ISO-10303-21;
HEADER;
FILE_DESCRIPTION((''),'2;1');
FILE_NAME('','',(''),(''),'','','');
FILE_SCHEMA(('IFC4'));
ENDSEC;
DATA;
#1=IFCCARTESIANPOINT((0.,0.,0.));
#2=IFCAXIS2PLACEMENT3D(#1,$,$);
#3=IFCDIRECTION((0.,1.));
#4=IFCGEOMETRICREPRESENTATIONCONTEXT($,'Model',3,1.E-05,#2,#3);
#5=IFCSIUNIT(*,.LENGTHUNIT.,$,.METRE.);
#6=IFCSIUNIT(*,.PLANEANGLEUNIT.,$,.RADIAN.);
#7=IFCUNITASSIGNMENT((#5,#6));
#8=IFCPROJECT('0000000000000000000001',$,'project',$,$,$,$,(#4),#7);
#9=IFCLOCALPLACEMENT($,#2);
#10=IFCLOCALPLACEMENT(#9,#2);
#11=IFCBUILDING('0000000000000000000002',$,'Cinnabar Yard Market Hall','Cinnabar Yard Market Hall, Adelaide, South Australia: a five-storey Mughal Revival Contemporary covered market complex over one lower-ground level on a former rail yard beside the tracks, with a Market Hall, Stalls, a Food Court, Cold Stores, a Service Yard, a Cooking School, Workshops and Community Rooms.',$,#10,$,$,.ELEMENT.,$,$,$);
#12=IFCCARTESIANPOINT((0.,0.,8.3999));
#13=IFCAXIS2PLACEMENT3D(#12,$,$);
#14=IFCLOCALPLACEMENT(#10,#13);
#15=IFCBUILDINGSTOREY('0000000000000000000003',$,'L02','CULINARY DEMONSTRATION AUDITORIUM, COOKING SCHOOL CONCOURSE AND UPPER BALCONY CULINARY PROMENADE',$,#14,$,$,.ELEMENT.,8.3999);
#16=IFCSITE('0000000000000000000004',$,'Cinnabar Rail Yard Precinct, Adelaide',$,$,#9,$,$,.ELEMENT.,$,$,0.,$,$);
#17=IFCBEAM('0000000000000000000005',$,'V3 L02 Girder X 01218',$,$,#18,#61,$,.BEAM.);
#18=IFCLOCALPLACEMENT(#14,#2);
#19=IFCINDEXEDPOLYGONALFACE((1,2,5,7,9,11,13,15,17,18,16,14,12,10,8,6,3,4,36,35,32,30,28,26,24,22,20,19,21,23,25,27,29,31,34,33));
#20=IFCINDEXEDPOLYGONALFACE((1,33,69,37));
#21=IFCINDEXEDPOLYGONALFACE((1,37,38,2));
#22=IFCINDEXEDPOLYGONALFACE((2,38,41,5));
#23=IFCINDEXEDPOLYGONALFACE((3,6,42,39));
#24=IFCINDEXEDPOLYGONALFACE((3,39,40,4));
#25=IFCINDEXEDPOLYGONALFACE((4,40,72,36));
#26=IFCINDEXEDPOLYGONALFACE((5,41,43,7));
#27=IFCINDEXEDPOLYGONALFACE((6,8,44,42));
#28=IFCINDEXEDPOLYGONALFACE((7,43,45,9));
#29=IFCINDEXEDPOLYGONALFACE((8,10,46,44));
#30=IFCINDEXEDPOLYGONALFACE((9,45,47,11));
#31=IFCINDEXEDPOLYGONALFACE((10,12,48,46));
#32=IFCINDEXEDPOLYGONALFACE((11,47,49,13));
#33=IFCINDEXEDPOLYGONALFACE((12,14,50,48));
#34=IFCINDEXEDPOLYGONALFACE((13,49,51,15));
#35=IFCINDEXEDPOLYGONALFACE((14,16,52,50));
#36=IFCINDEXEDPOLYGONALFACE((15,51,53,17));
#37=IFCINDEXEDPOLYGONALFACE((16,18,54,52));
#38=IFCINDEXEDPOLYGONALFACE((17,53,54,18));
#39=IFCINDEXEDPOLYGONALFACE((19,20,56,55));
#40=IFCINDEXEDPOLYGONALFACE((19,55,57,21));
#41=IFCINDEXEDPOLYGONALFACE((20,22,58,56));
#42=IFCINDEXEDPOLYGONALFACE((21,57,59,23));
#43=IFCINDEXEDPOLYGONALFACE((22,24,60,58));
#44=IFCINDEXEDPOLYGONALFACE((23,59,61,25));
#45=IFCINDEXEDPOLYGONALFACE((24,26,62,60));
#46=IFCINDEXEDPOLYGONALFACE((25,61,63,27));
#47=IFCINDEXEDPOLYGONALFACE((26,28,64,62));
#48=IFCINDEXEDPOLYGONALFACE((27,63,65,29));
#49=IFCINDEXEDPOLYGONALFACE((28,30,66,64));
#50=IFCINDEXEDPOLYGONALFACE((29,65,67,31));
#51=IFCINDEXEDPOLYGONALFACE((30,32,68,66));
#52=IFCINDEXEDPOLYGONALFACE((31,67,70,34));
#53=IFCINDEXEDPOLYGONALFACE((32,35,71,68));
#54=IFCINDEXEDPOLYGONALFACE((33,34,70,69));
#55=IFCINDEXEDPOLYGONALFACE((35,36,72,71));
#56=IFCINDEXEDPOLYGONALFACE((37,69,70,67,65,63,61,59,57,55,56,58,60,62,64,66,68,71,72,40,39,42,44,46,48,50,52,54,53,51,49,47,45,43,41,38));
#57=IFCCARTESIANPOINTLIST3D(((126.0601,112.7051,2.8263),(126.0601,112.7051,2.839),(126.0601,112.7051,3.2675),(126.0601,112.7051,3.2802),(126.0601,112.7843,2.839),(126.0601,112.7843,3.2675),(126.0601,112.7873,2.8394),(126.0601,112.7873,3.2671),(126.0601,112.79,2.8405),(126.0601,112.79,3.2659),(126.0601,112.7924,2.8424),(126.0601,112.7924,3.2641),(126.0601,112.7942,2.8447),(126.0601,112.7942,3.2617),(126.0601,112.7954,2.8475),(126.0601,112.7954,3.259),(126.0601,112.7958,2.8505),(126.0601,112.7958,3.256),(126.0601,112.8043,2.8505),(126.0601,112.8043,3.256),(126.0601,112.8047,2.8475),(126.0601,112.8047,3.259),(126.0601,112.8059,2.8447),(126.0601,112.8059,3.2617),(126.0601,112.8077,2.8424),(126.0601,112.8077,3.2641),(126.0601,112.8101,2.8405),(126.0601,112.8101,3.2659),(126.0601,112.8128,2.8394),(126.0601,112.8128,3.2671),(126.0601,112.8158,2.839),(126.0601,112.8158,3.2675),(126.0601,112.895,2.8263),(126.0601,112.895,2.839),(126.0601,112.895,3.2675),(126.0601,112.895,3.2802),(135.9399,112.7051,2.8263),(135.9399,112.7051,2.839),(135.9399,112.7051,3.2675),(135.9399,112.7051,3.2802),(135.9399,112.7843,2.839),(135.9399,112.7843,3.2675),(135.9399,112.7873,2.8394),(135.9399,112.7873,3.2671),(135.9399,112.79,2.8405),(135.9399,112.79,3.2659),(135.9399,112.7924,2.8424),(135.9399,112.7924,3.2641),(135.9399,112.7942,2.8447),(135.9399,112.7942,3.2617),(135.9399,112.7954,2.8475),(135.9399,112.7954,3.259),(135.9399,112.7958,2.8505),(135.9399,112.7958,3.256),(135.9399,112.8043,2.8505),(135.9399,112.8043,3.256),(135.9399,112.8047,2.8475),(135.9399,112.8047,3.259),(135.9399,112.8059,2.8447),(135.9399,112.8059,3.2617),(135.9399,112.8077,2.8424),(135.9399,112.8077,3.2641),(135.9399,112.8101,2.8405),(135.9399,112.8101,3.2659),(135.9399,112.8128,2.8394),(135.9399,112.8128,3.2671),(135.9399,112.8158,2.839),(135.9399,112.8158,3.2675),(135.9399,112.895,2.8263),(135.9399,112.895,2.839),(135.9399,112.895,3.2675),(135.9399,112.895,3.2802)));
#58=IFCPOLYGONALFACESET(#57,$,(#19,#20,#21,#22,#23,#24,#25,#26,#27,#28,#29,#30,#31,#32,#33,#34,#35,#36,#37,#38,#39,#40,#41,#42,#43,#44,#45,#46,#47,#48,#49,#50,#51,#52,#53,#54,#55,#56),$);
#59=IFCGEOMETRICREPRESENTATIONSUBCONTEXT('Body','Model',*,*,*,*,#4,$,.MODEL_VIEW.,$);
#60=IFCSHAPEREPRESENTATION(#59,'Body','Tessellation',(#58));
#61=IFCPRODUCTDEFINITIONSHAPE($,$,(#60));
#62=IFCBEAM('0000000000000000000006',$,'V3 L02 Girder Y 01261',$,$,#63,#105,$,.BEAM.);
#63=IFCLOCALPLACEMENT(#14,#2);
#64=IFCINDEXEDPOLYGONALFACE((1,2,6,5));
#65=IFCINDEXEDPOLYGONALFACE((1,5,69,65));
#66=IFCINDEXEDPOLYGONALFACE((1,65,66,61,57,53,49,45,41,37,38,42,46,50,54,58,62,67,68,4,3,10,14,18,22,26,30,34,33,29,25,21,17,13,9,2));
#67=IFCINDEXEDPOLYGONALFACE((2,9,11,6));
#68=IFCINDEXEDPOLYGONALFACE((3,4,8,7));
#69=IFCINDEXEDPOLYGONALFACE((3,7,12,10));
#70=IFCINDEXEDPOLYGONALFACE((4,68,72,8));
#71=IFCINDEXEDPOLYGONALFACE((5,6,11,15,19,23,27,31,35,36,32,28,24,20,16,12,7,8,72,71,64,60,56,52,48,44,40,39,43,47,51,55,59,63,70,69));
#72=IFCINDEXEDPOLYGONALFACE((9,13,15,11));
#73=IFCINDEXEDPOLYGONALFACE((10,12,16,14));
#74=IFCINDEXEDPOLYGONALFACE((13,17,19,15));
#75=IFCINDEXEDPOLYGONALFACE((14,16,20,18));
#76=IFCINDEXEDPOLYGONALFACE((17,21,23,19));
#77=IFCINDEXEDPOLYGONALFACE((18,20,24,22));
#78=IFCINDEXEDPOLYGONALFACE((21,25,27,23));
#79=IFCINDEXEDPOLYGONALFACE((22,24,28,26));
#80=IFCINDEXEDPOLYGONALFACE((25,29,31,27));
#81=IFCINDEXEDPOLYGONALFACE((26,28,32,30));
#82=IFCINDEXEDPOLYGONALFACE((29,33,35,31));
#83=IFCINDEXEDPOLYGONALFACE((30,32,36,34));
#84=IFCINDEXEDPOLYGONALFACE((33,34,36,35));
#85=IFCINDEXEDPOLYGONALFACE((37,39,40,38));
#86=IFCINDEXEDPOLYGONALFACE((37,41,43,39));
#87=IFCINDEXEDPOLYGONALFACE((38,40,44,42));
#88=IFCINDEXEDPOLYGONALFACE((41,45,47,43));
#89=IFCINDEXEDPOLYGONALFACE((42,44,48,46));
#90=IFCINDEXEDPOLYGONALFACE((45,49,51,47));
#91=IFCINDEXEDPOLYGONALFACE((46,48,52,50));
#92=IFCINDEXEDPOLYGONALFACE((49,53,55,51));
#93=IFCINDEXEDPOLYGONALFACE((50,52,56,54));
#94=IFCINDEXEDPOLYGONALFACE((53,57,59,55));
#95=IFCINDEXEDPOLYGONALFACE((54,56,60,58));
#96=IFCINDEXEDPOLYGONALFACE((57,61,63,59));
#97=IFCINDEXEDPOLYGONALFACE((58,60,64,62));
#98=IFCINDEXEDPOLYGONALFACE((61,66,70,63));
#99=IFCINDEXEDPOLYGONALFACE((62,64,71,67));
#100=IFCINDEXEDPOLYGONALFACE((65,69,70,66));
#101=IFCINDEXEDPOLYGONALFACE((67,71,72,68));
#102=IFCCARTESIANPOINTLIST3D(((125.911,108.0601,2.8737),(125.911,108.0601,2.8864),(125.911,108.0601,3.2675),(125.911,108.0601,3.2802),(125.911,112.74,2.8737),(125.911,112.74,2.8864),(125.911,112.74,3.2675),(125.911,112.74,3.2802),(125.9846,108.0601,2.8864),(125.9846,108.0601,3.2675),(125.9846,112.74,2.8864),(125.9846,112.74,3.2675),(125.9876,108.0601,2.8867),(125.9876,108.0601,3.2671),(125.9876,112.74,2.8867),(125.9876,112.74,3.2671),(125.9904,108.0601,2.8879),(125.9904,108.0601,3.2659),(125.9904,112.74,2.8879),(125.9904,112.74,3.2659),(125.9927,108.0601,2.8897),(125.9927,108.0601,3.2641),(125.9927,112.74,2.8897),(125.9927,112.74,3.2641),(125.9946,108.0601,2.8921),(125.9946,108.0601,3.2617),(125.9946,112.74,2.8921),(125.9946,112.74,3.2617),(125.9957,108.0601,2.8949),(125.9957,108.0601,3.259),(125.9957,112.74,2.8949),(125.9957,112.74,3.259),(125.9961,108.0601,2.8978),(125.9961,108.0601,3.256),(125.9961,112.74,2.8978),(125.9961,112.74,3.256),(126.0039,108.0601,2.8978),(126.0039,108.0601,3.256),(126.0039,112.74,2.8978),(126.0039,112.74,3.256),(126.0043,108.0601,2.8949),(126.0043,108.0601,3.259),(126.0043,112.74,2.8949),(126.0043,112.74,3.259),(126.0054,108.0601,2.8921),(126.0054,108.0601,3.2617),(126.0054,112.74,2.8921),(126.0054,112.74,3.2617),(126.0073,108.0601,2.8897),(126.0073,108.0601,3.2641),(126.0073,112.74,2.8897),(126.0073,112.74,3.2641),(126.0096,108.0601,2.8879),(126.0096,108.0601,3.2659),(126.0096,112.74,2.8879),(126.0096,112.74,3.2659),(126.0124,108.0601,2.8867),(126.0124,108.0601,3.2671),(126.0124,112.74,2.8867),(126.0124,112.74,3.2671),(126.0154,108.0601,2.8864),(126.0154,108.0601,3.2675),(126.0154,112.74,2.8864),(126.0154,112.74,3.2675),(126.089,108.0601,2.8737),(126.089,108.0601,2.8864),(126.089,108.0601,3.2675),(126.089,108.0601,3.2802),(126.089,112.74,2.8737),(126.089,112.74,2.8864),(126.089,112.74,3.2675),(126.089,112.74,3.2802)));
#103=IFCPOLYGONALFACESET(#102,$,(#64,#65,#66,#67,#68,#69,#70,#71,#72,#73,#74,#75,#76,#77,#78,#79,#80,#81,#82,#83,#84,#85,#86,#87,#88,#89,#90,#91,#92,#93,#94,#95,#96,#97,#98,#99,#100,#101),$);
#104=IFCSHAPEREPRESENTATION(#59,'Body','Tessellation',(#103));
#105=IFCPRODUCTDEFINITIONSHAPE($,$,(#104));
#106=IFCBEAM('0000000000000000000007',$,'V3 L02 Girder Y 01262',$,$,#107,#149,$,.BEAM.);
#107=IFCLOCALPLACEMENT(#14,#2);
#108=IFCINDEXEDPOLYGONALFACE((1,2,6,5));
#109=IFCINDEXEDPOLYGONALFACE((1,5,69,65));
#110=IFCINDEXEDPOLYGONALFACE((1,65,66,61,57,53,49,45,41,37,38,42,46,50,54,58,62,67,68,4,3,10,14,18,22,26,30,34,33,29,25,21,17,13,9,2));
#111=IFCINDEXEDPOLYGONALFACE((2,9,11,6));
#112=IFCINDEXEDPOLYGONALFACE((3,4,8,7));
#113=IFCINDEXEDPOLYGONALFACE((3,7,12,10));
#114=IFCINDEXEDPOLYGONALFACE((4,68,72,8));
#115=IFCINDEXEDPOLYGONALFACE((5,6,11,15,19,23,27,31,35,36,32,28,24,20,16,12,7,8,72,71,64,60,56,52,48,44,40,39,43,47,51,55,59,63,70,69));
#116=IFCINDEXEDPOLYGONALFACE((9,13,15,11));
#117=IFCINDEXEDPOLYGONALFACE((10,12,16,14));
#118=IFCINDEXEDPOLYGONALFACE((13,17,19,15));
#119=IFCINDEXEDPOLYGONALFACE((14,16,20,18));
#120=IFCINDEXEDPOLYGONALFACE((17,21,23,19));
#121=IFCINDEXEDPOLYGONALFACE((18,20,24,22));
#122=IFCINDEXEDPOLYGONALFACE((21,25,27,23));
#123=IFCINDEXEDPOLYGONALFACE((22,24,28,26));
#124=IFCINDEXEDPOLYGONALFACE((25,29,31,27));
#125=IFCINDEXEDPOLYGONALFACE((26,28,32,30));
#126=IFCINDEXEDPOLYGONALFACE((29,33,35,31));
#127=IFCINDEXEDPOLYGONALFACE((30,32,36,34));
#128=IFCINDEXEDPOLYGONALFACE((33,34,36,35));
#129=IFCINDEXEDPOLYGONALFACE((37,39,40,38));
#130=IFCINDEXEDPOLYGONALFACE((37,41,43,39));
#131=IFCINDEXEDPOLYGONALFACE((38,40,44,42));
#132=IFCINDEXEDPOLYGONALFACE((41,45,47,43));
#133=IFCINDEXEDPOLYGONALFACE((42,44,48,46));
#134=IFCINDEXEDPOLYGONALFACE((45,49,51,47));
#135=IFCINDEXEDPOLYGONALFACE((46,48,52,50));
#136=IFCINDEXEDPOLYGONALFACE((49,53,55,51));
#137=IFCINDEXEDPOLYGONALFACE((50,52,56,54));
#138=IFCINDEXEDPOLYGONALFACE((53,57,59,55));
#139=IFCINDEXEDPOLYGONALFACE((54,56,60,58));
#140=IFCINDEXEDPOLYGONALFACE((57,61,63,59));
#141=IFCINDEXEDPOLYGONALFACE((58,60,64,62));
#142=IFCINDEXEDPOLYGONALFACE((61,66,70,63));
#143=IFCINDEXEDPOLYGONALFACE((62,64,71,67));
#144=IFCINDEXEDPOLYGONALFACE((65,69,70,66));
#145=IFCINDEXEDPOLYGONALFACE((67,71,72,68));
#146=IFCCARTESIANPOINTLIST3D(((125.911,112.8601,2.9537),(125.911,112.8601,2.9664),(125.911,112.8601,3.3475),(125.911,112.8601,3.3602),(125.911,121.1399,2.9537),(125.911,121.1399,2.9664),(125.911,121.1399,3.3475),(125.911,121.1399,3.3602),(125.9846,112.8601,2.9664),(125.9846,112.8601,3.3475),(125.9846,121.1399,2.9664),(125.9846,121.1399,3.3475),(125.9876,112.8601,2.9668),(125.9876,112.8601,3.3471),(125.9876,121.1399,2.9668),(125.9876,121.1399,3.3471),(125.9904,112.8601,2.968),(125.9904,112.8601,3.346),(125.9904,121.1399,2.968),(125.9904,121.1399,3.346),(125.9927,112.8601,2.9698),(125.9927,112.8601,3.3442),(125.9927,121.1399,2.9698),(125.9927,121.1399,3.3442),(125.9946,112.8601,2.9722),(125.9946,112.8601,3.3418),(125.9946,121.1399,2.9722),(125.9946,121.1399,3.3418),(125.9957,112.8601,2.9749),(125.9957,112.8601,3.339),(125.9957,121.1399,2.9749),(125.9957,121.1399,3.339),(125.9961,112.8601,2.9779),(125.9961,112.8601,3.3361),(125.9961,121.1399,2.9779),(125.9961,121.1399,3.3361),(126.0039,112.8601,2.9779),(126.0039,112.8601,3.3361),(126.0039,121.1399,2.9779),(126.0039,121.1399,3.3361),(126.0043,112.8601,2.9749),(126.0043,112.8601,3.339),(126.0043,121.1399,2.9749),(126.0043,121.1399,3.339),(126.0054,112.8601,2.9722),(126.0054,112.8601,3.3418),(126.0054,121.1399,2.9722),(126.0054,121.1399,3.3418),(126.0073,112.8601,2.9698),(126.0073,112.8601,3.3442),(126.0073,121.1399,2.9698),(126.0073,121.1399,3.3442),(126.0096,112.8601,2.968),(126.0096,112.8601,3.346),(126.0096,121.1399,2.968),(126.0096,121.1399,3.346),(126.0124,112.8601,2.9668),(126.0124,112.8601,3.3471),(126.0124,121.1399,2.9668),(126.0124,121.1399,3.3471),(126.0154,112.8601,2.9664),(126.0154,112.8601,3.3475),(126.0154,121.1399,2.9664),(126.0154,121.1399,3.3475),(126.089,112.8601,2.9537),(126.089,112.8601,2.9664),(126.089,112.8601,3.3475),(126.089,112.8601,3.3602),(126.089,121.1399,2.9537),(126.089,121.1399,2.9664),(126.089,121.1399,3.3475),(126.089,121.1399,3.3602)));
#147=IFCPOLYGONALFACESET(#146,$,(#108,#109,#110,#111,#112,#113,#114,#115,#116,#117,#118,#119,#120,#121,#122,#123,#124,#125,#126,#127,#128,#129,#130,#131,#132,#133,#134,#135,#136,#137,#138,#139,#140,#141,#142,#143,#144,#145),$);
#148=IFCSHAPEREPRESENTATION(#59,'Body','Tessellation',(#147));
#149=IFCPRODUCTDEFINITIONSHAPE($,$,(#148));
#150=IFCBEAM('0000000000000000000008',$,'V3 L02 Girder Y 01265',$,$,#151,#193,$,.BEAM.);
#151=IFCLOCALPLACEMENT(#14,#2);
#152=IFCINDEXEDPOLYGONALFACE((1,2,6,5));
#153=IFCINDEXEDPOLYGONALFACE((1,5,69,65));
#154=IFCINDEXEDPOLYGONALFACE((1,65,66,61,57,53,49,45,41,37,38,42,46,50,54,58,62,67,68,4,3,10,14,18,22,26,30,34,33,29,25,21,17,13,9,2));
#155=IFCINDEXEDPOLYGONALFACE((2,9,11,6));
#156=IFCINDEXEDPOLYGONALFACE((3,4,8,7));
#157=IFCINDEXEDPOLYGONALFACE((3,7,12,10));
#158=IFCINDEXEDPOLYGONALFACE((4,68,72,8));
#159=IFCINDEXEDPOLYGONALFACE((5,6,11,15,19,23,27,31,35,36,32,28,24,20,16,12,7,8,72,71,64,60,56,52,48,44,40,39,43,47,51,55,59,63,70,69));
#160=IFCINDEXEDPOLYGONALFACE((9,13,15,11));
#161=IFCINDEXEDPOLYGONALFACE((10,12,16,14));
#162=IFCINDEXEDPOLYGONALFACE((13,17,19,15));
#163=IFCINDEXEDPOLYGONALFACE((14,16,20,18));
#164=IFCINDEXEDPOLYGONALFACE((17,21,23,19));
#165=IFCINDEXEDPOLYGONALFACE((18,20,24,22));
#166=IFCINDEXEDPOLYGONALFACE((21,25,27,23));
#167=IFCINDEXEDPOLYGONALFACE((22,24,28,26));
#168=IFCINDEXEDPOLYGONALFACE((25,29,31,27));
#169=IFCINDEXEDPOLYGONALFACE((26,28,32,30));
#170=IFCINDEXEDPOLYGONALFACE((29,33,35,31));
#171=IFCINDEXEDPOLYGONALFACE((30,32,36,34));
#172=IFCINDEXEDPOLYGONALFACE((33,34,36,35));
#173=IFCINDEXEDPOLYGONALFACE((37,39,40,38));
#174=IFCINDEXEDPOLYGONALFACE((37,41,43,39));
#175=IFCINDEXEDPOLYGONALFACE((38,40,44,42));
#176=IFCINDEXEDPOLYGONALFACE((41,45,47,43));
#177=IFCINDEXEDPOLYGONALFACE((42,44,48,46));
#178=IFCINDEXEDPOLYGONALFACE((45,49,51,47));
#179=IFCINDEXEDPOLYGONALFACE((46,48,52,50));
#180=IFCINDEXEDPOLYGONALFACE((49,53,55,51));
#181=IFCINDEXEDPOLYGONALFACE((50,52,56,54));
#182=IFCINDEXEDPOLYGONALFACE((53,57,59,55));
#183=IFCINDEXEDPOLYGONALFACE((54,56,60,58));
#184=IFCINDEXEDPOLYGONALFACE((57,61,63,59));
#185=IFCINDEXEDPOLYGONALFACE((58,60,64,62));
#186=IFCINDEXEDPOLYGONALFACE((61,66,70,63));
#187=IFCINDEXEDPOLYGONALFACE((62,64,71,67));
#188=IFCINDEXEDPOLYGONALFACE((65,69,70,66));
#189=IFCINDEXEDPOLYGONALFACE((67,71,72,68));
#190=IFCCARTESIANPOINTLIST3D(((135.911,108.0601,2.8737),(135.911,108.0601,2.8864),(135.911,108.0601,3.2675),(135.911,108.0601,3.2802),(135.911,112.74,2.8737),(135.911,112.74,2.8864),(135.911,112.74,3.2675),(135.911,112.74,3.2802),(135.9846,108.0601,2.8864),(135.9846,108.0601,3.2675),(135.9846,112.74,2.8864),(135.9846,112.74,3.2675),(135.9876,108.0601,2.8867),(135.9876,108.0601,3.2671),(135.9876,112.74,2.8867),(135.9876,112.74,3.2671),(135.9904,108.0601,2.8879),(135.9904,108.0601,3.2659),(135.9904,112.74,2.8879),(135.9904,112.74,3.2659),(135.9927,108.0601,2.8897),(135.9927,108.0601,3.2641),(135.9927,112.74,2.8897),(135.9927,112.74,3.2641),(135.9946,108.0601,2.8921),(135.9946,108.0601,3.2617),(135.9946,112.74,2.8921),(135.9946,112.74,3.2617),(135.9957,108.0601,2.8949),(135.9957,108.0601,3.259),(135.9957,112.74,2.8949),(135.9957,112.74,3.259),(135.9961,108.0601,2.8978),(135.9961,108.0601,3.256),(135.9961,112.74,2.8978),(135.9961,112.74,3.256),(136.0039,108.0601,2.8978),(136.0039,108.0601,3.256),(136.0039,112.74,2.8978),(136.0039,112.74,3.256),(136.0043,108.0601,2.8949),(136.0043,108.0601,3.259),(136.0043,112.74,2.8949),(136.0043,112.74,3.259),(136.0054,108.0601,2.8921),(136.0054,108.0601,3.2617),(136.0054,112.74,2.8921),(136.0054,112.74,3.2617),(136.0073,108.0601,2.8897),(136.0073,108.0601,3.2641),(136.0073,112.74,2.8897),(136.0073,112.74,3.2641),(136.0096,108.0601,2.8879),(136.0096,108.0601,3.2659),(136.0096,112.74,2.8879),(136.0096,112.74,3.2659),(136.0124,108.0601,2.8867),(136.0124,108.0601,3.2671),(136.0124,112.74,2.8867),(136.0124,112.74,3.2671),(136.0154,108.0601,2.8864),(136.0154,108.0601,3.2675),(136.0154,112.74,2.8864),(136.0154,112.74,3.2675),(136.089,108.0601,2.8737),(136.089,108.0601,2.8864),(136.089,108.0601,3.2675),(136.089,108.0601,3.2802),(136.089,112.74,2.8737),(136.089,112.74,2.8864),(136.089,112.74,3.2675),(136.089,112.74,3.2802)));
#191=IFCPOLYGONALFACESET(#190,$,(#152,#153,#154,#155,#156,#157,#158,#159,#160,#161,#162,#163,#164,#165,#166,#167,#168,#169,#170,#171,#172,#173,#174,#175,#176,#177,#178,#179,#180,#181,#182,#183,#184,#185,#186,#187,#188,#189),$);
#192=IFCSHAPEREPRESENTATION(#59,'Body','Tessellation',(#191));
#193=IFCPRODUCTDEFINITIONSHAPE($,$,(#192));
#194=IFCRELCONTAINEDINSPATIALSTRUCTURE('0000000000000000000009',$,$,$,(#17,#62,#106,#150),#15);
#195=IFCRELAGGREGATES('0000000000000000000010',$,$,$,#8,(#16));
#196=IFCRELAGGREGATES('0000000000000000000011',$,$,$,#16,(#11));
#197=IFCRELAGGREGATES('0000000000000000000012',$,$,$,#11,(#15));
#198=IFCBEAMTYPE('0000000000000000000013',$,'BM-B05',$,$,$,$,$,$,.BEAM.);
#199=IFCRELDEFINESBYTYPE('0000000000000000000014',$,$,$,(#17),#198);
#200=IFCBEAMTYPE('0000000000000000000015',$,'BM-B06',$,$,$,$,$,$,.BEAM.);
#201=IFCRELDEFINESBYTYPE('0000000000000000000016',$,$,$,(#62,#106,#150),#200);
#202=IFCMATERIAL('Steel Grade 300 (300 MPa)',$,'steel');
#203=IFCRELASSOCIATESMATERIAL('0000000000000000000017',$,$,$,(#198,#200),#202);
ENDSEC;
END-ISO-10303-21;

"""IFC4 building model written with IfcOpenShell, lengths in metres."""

from ifc_helpers import new_model, si_unit, direction, frame, origin, origin_2d_with_axis, place, context, subcontext, project, spatial, i_section, extrude, material, material_profile, profile_set, type_object, element, save


model = new_model("IFC4")

# Units and contexts
model_context = context("Model", 3, precision=1e-05, world=origin(), true_north=direction((0.0, 1.0)))
body_context = subcontext(model_context, "Body", "Model", "MODEL_VIEW")
ifc_project = project(units=[si_unit("LENGTHUNIT", "METRE"), si_unit("PLANEANGLEUNIT", "RADIAN")], contexts=[model_context])

# Site, building, storey
site_placement = place(None, origin())
site = spatial("IfcSite", under=ifc_project, at=site_placement, Name="Cinnabar Rail Yard Precinct, Adelaide", CompositionType="ELEMENT", RefElevation=0.0)
building_placement = place(site_placement, origin())
building = spatial("IfcBuilding", under=site, at=building_placement, Name="Cinnabar Yard Market Hall", Description="Cinnabar Yard Market Hall, Adelaide, South Australia: a five-storey Mughal Revival Contemporary covered market complex over one lower-ground level on a former rail yard beside the tracks, with a Market Hall, Stalls, a Food Court, Cold Stores, a Service Yard, a Cooking School, Workshops and Community Rooms.", CompositionType="ELEMENT")
storey_placement = place(building_placement, frame((0.0, 0.0, 8.3999)))
storey = spatial("IfcBuildingStorey", under=building, at=storey_placement, Name="L02", Description="CULINARY DEMONSTRATION AUDITORIUM, COOKING SCHOOL CONCOURSE AND UPPER BALCONY CULINARY PROMENADE", CompositionType="ELEMENT", Elevation=8.3999)

# Shared definitions
ifc_material_1 = material(Name="Steel Grade 300 (300 MPa)", Category="steel")

# Beams
ifc_material_profile_1 = material_profile(ifc_material_1, i_section(OverallWidth=0.1899, OverallDepth=0.4539, WebThickness=0.0085, FlangeThickness=0.0127, FilletRadius=0.0115, at=origin_2d_with_axis()), Name="460UB67.1")
ifc_profile_set_1 = profile_set([ifc_material_profile_1], Name="Steel Grade 300 (300 MPa)")
beam_type_1 = type_object("IfcBeamType", Name="BM-B05", PredefinedType="BEAM", material=ifc_profile_set_1)
beam_1_placement = place(storey_placement, frame((126.0601, 112.8, 3.0532), z_axis=(1.0, 0.0, 0.0), x_axis=(0.0, 1.0, 0.0)))
element("IfcBeam", 1, at=beam_1_placement, inside=storey, type_object=beam_type_1, Name="V3 L02 Girder X 01218", PredefinedType="BEAM", context=body_context, shape_type="SweptSolid", body=[
    extrude(i_section(OverallWidth=0.1899, OverallDepth=0.4539, WebThickness=0.0085, FlangeThickness=0.0127, FilletRadius=0.0115, at=origin_2d_with_axis()), origin(), (0.0, 0.0, 1.0), 9.8799),
])
ifc_material_profile_2 = material_profile(ifc_material_1, i_section(OverallWidth=0.178, OverallDepth=0.4065, WebThickness=0.0078, FlangeThickness=0.0127, FilletRadius=0.0115, at=origin_2d_with_axis()), Name="410UB59.7")
ifc_profile_set_2 = profile_set([ifc_material_profile_2], Name="Steel Grade 300 (300 MPa)")
beam_type_2 = type_object("IfcBeamType", Name="BM-B06", PredefinedType="BEAM", material=ifc_profile_set_2)
beam_2_placement = place(storey_placement, frame((126.0, 108.0601, 3.0769), z_axis=(0.0, 1.0, 0.0), x_axis=(-1.0, 0.0, 0.0)))
element("IfcBeam", 2, at=beam_2_placement, inside=storey, type_object=beam_type_2, Name="V3 L02 Girder Y 01261", PredefinedType="BEAM", context=body_context, shape_type="SweptSolid", body=[
    extrude(i_section(OverallWidth=0.178, OverallDepth=0.4065, WebThickness=0.0078, FlangeThickness=0.0127, FilletRadius=0.0115, at=origin_2d_with_axis()), origin(), (0.0, 0.0, 1.0), 4.6799),
])
beam_3_placement = place(storey_placement, frame((126.0, 112.8601, 3.157), z_axis=(0.0, 1.0, 0.0), x_axis=(-1.0, 0.0, 0.0)))
element("IfcBeam", 3, at=beam_3_placement, inside=storey, type_object=beam_type_2, Name="V3 L02 Girder Y 01262", PredefinedType="BEAM", context=body_context, shape_type="SweptSolid", body=[
    extrude(i_section(OverallWidth=0.178, OverallDepth=0.4065, WebThickness=0.0078, FlangeThickness=0.0127, FilletRadius=0.0115, at=origin_2d_with_axis()), origin(), (0.0, 0.0, 1.0), 8.2798),
])
beam_4_placement = place(storey_placement, frame((136.0, 108.0601, 3.0769), z_axis=(0.0, 1.0, 0.0), x_axis=(-1.0, 0.0, 0.0)))
element("IfcBeam", 4, at=beam_4_placement, inside=storey, type_object=beam_type_2, Name="V3 L02 Girder Y 01265", PredefinedType="BEAM", context=body_context, shape_type="SweptSolid", body=[
    extrude(i_section(OverallWidth=0.178, OverallDepth=0.4065, WebThickness=0.0078, FlangeThickness=0.0127, FilletRadius=0.0115, at=origin_2d_with_axis()), origin(), (0.0, 0.0, 1.0), 4.6799),
])

save(model, "model.ifc")
